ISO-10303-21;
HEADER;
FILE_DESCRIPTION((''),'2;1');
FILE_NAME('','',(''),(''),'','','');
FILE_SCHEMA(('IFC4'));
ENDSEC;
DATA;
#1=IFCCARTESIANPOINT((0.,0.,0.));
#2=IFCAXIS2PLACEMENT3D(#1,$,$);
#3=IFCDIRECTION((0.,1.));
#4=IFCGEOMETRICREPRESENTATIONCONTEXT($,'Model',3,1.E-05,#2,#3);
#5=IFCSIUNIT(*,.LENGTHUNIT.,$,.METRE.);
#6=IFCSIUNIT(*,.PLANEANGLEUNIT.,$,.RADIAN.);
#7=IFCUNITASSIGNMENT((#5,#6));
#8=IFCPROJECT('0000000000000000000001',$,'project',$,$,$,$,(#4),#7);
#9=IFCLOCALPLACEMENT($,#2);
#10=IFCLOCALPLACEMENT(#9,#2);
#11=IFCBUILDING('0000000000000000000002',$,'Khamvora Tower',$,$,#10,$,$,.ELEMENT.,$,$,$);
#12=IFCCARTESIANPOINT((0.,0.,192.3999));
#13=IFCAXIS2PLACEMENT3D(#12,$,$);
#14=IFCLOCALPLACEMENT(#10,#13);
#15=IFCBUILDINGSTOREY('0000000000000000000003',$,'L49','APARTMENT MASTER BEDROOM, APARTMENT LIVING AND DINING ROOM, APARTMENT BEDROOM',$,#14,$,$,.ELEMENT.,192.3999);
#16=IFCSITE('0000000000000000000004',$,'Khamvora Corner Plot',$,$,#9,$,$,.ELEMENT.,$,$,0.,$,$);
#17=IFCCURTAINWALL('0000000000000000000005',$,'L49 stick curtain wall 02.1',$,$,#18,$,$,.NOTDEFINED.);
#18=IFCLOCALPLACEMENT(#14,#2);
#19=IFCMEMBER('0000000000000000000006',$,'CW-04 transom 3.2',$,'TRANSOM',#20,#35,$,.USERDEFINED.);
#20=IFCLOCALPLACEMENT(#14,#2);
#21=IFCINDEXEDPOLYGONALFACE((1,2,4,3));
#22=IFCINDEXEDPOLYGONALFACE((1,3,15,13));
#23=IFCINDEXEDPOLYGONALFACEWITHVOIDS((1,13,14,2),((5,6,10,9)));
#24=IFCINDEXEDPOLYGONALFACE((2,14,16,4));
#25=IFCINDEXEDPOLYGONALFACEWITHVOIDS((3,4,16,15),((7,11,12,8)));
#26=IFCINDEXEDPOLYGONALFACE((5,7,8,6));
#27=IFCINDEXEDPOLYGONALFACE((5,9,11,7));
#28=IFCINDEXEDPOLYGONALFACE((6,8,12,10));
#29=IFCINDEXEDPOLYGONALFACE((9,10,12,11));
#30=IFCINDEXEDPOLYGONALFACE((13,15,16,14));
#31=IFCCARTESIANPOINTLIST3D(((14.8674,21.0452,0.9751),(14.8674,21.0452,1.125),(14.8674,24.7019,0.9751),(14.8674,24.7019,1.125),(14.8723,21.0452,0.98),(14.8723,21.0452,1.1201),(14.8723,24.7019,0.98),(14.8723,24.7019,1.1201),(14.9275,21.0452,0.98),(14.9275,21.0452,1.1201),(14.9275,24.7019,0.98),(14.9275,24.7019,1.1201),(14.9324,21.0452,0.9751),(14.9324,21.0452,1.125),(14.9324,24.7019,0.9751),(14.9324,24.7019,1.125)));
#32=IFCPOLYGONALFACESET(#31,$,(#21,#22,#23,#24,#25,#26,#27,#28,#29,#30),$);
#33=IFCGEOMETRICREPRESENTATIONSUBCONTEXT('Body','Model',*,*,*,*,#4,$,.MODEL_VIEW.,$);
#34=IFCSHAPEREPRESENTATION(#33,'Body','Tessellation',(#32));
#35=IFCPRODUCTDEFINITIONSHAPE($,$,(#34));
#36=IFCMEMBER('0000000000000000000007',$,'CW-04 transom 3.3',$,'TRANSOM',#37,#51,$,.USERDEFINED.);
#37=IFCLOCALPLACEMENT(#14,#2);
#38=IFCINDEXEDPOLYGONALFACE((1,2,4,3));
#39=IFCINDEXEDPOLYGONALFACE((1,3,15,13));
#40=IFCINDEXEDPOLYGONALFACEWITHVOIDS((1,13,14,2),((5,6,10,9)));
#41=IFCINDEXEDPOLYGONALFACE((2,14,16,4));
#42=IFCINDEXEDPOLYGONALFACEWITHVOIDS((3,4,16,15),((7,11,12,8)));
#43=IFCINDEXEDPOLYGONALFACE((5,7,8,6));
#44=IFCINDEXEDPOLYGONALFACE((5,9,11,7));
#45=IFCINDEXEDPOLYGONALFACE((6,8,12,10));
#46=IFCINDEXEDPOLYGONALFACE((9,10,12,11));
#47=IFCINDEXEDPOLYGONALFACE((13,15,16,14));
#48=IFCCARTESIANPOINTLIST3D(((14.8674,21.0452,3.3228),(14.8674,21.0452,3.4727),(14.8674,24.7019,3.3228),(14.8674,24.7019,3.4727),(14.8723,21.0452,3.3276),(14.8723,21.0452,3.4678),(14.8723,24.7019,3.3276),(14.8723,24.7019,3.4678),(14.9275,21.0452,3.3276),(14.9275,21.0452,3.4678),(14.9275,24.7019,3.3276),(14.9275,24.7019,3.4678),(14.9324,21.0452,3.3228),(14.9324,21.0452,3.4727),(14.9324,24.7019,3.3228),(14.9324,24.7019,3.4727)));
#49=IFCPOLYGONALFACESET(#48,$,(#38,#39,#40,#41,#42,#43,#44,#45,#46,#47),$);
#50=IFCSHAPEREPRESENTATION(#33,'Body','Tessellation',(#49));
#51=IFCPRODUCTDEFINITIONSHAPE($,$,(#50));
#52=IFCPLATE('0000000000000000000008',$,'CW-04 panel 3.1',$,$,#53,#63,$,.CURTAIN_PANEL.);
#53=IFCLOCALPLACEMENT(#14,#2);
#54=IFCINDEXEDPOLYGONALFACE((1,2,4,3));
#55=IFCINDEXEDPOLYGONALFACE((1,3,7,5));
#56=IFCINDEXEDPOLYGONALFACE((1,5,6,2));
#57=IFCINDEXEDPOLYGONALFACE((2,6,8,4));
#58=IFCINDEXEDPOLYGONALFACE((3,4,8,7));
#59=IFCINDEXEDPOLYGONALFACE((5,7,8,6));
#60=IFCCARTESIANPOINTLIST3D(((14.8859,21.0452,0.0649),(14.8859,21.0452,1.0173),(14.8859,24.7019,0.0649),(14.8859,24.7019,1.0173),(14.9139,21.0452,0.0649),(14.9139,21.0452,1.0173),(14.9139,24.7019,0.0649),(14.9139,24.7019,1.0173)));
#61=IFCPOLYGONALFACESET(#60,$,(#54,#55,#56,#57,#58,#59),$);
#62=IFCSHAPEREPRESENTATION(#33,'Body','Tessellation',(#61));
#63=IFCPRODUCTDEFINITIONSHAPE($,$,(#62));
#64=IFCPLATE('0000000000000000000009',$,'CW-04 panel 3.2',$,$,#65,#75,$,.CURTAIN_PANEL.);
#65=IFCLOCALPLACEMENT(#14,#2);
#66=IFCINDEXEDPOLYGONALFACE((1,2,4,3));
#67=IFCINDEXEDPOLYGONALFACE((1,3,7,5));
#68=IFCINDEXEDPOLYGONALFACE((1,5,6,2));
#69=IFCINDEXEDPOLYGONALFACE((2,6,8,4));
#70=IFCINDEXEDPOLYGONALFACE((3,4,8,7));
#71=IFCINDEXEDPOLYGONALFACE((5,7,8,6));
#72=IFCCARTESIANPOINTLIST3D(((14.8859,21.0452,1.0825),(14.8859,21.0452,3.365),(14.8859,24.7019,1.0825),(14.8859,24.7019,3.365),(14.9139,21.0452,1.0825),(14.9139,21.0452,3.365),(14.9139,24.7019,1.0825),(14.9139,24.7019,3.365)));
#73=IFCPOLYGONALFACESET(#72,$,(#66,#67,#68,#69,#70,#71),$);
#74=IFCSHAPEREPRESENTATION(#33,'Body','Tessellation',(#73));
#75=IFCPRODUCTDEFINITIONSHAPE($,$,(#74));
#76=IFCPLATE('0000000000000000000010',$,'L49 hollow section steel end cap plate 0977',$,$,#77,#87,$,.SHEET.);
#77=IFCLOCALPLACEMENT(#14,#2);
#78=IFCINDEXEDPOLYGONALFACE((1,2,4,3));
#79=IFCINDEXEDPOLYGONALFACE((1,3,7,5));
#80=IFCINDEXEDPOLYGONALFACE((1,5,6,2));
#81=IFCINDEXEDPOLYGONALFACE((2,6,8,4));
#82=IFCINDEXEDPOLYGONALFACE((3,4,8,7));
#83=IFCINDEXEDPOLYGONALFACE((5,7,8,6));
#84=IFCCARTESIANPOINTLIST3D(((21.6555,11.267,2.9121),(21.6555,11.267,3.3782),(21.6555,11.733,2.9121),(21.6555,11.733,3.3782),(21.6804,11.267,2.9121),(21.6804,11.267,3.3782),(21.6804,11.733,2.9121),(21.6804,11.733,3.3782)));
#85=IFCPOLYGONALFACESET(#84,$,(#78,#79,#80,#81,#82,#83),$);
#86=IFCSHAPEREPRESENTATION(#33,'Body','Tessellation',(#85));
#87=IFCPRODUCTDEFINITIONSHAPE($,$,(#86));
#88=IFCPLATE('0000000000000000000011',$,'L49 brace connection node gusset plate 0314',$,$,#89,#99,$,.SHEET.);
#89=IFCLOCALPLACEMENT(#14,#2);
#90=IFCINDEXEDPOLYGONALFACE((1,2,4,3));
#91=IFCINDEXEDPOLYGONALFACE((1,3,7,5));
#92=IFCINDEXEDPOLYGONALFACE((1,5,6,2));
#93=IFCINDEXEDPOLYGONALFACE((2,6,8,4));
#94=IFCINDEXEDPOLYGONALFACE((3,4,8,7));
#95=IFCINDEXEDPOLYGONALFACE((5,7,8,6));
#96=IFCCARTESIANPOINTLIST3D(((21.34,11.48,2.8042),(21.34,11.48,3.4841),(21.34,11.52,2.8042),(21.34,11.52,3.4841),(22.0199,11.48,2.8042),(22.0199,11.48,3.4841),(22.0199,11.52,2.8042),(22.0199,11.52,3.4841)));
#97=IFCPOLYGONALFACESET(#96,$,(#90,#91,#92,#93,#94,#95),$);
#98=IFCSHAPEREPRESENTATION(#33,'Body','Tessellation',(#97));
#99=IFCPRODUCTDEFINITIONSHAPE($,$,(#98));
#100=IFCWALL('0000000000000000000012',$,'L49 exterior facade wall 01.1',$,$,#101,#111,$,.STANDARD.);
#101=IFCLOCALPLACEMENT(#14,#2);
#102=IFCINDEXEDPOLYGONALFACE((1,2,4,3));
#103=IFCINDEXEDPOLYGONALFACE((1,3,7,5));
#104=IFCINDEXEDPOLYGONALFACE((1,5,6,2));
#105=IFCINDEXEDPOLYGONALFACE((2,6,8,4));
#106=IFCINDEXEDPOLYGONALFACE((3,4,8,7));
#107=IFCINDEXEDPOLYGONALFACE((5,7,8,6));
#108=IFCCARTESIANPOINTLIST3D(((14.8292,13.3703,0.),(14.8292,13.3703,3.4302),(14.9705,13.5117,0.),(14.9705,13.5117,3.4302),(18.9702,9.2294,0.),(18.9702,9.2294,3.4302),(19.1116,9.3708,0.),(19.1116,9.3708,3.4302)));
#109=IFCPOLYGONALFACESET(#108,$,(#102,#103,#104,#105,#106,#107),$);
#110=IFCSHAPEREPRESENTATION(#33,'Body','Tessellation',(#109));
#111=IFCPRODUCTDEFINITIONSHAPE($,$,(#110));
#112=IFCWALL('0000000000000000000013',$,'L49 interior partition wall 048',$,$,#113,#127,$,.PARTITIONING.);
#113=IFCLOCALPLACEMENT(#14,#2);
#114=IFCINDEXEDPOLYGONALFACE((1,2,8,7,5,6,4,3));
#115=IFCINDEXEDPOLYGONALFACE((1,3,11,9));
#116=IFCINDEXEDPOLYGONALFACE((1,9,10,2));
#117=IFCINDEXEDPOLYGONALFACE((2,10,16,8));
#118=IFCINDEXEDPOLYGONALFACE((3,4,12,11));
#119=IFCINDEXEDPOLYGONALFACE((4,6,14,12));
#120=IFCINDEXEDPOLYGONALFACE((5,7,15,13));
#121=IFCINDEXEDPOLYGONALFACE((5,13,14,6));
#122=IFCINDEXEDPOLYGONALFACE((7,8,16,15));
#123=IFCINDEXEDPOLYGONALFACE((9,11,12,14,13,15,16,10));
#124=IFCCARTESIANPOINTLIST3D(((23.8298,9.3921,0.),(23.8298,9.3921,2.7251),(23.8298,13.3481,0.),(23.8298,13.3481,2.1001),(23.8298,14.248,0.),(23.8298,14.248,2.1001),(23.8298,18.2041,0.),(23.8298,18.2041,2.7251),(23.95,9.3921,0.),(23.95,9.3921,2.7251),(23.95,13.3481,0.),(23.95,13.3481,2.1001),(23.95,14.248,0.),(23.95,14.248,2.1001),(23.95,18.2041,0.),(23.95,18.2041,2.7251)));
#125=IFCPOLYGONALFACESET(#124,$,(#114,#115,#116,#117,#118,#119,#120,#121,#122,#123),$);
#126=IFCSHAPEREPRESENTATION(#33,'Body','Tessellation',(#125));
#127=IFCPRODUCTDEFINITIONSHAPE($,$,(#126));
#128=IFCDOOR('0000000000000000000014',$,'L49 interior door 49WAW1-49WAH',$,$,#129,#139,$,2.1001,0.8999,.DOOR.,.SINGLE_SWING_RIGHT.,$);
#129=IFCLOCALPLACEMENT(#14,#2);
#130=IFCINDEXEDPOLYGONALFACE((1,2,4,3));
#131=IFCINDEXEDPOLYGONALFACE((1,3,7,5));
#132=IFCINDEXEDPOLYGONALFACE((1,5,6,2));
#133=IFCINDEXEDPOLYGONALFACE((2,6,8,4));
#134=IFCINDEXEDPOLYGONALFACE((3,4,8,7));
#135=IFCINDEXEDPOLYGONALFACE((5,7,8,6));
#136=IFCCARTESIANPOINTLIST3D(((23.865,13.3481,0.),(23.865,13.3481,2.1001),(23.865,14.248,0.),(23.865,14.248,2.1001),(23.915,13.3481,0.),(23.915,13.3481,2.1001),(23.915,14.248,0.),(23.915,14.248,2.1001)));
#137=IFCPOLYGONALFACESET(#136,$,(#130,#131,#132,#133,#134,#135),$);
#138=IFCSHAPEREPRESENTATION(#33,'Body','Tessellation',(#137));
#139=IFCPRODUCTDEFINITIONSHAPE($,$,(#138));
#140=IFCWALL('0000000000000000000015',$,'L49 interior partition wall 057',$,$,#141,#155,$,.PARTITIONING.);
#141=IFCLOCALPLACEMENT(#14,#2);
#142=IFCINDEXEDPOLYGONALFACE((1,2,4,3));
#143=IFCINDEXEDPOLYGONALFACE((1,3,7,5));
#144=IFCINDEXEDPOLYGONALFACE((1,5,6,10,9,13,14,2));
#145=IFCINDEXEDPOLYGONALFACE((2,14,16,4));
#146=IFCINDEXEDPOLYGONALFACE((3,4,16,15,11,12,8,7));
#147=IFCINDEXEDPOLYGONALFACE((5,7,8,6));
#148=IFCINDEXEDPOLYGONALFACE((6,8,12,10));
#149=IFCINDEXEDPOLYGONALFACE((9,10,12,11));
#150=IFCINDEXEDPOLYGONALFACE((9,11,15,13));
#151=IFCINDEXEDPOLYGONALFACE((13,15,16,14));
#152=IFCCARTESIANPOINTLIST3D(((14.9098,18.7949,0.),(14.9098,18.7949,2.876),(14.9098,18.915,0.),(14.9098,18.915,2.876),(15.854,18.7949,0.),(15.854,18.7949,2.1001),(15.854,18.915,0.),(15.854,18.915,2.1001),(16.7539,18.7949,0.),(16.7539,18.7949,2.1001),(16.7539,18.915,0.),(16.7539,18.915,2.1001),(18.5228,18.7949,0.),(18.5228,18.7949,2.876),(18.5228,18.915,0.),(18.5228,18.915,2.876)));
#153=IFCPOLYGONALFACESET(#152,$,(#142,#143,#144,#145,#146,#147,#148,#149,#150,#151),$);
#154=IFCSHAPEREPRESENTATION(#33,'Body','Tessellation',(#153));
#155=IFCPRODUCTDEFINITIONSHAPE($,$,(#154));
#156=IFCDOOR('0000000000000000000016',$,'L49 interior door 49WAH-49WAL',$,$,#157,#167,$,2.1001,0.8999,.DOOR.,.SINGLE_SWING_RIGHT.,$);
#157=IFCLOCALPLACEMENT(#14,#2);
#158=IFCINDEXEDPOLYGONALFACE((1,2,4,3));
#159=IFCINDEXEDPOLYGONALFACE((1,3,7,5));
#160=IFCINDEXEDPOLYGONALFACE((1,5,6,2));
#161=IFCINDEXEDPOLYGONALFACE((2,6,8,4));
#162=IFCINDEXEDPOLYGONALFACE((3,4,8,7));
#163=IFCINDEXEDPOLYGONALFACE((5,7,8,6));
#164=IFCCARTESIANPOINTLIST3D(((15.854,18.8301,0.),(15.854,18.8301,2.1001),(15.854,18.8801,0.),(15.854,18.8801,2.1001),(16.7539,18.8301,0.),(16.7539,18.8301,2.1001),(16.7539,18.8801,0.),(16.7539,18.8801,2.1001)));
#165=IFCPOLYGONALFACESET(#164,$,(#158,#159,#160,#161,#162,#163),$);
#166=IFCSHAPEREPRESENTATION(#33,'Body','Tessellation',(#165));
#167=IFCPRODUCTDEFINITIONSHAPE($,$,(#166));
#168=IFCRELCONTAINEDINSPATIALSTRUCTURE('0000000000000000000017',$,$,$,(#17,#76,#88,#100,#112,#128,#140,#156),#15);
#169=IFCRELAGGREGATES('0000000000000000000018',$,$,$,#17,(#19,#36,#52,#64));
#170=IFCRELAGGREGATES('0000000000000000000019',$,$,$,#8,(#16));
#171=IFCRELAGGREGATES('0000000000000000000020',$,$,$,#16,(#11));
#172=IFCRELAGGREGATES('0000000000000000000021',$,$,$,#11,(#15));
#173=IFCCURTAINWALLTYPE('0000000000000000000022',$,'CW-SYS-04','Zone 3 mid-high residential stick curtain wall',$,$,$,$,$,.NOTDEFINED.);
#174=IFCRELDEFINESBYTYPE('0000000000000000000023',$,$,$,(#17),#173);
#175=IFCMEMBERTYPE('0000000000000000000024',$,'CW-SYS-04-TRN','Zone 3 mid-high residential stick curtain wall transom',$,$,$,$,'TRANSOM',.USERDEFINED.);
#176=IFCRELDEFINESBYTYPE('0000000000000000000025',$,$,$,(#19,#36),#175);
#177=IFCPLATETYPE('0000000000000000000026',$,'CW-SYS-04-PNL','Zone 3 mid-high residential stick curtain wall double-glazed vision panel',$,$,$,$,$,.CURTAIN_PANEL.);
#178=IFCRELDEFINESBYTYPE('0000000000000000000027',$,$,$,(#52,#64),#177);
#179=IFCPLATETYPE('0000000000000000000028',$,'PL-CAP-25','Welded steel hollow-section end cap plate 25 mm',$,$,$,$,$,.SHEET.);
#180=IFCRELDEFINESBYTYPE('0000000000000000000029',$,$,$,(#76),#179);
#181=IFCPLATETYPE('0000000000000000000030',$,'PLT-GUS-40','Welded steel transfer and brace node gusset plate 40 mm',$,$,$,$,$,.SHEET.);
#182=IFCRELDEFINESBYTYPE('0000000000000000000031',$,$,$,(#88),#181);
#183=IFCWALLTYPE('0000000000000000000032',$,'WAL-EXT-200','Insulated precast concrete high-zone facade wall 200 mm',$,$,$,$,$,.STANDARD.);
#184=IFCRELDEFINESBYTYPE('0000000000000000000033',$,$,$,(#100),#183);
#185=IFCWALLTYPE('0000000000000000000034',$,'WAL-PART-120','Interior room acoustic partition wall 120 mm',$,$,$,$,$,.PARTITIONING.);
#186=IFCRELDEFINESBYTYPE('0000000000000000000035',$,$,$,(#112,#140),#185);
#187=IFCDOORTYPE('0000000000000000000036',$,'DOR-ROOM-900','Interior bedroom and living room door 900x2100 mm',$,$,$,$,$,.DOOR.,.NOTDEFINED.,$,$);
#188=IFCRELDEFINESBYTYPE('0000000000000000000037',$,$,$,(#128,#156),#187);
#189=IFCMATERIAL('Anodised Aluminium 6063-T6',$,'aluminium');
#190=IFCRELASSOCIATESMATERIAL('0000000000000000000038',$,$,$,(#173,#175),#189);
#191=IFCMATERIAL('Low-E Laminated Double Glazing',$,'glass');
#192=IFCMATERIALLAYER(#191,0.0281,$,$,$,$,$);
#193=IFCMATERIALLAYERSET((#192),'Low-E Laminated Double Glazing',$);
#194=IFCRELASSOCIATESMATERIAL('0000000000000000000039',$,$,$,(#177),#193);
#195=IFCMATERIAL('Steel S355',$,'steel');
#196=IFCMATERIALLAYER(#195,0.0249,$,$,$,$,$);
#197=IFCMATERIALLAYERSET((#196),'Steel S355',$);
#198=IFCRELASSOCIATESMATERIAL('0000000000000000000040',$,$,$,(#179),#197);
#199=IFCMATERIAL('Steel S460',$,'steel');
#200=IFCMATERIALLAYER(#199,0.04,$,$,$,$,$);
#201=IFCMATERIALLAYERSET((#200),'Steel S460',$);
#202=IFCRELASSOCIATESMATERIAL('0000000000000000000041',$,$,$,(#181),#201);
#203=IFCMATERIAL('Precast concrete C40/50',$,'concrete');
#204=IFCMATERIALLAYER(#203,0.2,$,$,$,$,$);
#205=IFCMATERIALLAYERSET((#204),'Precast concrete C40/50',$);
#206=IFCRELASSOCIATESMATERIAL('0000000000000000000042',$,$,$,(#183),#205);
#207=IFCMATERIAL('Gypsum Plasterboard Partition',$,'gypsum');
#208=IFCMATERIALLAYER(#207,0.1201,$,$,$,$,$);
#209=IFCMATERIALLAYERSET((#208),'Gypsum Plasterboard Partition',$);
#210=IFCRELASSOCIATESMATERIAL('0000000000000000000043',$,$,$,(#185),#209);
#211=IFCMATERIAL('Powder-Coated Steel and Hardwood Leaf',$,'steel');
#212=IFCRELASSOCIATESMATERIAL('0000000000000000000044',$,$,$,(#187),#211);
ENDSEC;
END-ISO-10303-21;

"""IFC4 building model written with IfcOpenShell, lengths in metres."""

from ifc_helpers import new_model, si_unit, direction, frame, frame_2d, origin, origin_2d, place, context, subcontext, project, spatial, rectangle, hollow_rectangle, extrude, material, layer, layer_set, material_profile, profile_set, type_object, element, fill, aggregate, save


model = new_model("IFC4")

# Units and contexts
model_context = context("Model", 3, precision=1e-05, world=origin(), true_north=direction((0.0, 1.0)))
body_context = subcontext(model_context, "Body", "Model", "MODEL_VIEW")
ifc_project = project(units=[si_unit("LENGTHUNIT", "METRE"), si_unit("PLANEANGLEUNIT", "RADIAN")], contexts=[model_context])

# Site, building, storey
site_placement = place(None, origin())
site = spatial("IfcSite", under=ifc_project, at=site_placement, Name="Khamvora Corner Plot", CompositionType="ELEMENT", RefElevation=0.0)
building_placement = place(site_placement, origin())
building = spatial("IfcBuilding", under=site, at=building_placement, Name="Khamvora Tower", CompositionType="ELEMENT")
storey_placement = place(building_placement, frame((0.0, 0.0, 192.3999)))
storey = spatial("IfcBuildingStorey", under=building, at=storey_placement, Name="L49", Description="APARTMENT MASTER BEDROOM, APARTMENT LIVING AND DINING ROOM, APARTMENT BEDROOM", CompositionType="ELEMENT", Elevation=192.3999)

# Shared definitions
ifc_material_1 = material(Name="Steel S355", Category="steel")

# Curtain wall, members, plates
ifc_material_2 = material(Name="Anodised Aluminium 6063-T6", Category="aluminium")
curtain_wall_type = type_object("IfcCurtainWallType", Name="CW-SYS-04", Description="Zone 3 mid-high residential stick curtain wall", PredefinedType="NOTDEFINED", material=ifc_material_2)
curtain_wall_placement = place(storey_placement, origin())
curtain_wall = element("IfcCurtainWall", 1, at=curtain_wall_placement, inside=storey, type_object=curtain_wall_type, Name="L49 stick curtain wall 02.1", PredefinedType="NOTDEFINED")
ifc_material_profile_1 = material_profile(ifc_material_2, hollow_rectangle(XDim=0.0649, YDim=0.1499, WallThickness=0.0049, at=origin_2d()), Name="TRN65x150x5")
ifc_profile_set_1 = profile_set([ifc_material_profile_1], Name="Anodised Aluminium 6063-T6")
member_type = type_object("IfcMemberType", Name="CW-SYS-04-TRN", Description="Zone 3 mid-high residential stick curtain wall transom", ElementType="TRANSOM", PredefinedType="USERDEFINED", material=ifc_profile_set_1)
member_1_placement = place(storey_placement, frame((14.8999, 21.0452, 1.05), z_axis=(0.0, 1.0, 0.0), x_axis=(-1.0, 0.0, 0.0)))
member_1 = element("IfcMember", 2, at=member_1_placement, type_object=member_type, Name="CW-04 transom 3.2", ObjectType="TRANSOM", PredefinedType="USERDEFINED", context=body_context, shape_type="SweptSolid", body=[
    extrude(hollow_rectangle(XDim=0.0649, YDim=0.1499, WallThickness=0.0049, at=origin_2d()), origin(), (0.0, 0.0, 1.0), 3.6567),
])
member_2_placement = place(storey_placement, frame((14.8999, 21.0452, 3.3977), z_axis=(0.0, 1.0, 0.0), x_axis=(-1.0, 0.0, 0.0)))
member_2 = element("IfcMember", 3, at=member_2_placement, type_object=member_type, Name="CW-04 transom 3.3", ObjectType="TRANSOM", PredefinedType="USERDEFINED", context=body_context, shape_type="SweptSolid", body=[
    extrude(hollow_rectangle(XDim=0.0649, YDim=0.1499, WallThickness=0.0049, at=origin_2d()), origin(), (0.0, 0.0, 1.0), 3.6567),
])
ifc_material_3 = material(Name="Low-E Laminated Double Glazing", Category="glass")
ifc_layer_1 = layer(ifc_material_3, 0.0281)
ifc_layer_set_1 = layer_set([ifc_layer_1], Name="Low-E Laminated Double Glazing")
plate_type_1 = type_object("IfcPlateType", Name="CW-SYS-04-PNL", Description="Zone 3 mid-high residential stick curtain wall double-glazed vision panel", PredefinedType="CURTAIN_PANEL", material=ifc_layer_set_1)
plate_1_placement = place(storey_placement, frame((14.8999, 22.8735, 0.0649), z_axis=(0.0, 0.0, 1.0), x_axis=(0.0, 1.0, 0.0)))
plate_1 = element("IfcPlate", 4, at=plate_1_placement, type_object=plate_type_1, Name="CW-04 panel 3.1", PredefinedType="CURTAIN_PANEL", context=body_context, shape_type="SweptSolid", body=[
    extrude(rectangle(XDim=3.6567, YDim=0.0281, at=origin_2d()), origin(), (0.0, 0.0, 1.0), 0.9524),
])
plate_2_placement = place(storey_placement, frame((14.8999, 22.8735, 1.0825), z_axis=(0.0, 0.0, 1.0), x_axis=(0.0, 1.0, 0.0)))
plate_2 = element("IfcPlate", 5, at=plate_2_placement, type_object=plate_type_1, Name="CW-04 panel 3.2", PredefinedType="CURTAIN_PANEL", context=body_context, shape_type="SweptSolid", body=[
    extrude(rectangle(XDim=3.6567, YDim=0.0281, at=origin_2d()), origin(), (0.0, 0.0, 1.0), 2.2825),
])
aggregate(curtain_wall, [member_1, member_2, plate_1, plate_2])

# Plates
ifc_layer_2 = layer(ifc_material_1, 0.0249)
ifc_layer_set_2 = layer_set([ifc_layer_2], Name="Steel S355")
plate_type_2 = type_object("IfcPlateType", Name="PL-CAP-25", Description="Welded steel hollow-section end cap plate 25 mm", PredefinedType="SHEET", material=ifc_layer_set_2)
plate_3_placement = place(storey_placement, frame((21.668, 11.5, 2.9121), z_axis=(0.0, 0.0, 1.0), x_axis=(-1.0, 0.0, 0.0)))
element("IfcPlate", 6, at=plate_3_placement, inside=storey, type_object=plate_type_2, Name="L49 hollow section steel end cap plate 0977", PredefinedType="SHEET", context=body_context, shape_type="SweptSolid", body=[
    extrude(rectangle(XDim=0.0249, YDim=0.4661, at=origin_2d()), origin(), (0.0, 0.0, 1.0), 0.4661),
])
ifc_material_4 = material(Name="Steel S460", Category="steel")
ifc_layer_3 = layer(ifc_material_4, 0.04)
ifc_layer_set_3 = layer_set([ifc_layer_3], Name="Steel S460")
plate_type_3 = type_object("IfcPlateType", Name="PLT-GUS-40", Description="Welded steel transfer and brace node gusset plate 40 mm", PredefinedType="SHEET", material=ifc_layer_set_3)
plate_4_placement = place(storey_placement, frame((21.6799, 11.5, 2.8042), z_axis=(0.0, 0.0, 1.0), x_axis=(1.0, 0.0, 0.0)))
element("IfcPlate", 7, at=plate_4_placement, inside=storey, type_object=plate_type_3, Name="L49 brace connection node gusset plate 0314", PredefinedType="SHEET", context=body_context, shape_type="SweptSolid", body=[
    extrude(rectangle(XDim=0.6799, YDim=0.04, at=origin_2d()), origin(), (0.0, 0.0, 1.0), 0.6799),
])

# Wall
ifc_material_5 = material(Name="Precast concrete C40/50", Category="concrete")
ifc_layer_4 = layer(ifc_material_5, 0.2)
ifc_layer_set_4 = layer_set([ifc_layer_4], Name="Precast concrete C40/50")
wall_type_1 = type_object("IfcWallType", Name="WAL-EXT-200", Description="Insulated precast concrete high-zone facade wall 200 mm", PredefinedType="STANDARD", material=ifc_layer_set_4)
wall_1_placement = place(storey_placement, frame((19.041, 9.3, 0.0), z_axis=(0.0, 0.0, 1.0), x_axis=(-0.707128, 0.707086, 0.0)))
element("IfcWall", 8, at=wall_1_placement, inside=storey, type_object=wall_type_1, Name="L49 exterior facade wall 01.1", PredefinedType="STANDARD", context=body_context, shape_type="SweptSolid", body=[
    extrude(rectangle(XDim=5.8562, YDim=0.2, at=frame_2d((2.9282, 0.0))), origin(), (0.0, 0.0, 1.0), 3.4302),
])

# Walls, openings, doors
ifc_material_6 = material(Name="Gypsum Plasterboard Partition", Category="gypsum")
ifc_layer_5 = layer(ifc_material_6, 0.1201)
ifc_layer_set_5 = layer_set([ifc_layer_5], Name="Gypsum Plasterboard Partition")
wall_type_2 = type_object("IfcWallType", Name="WAL-PART-120", Description="Interior room acoustic partition wall 120 mm", PredefinedType="PARTITIONING", material=ifc_layer_set_5)
wall_2_placement = place(storey_placement, frame((23.8899, 9.3921, 0.0), z_axis=(0.0, 0.0, 1.0), x_axis=(0.0, 1.0, 0.0)))
wall_2 = element("IfcWall", 9, at=wall_2_placement, inside=storey, type_object=wall_type_2, Name="L49 interior partition wall 048", PredefinedType="PARTITIONING", context=body_context, shape_type="SweptSolid", body=[
    extrude(rectangle(XDim=8.812, YDim=0.1201, at=frame_2d((4.406, 0.0))), origin(), (0.0, 0.0, 1.0), 2.7251),
])
opening_1_placement = place(wall_2_placement, frame((3.9561, 0.0, 0.0)))
opening_1 = element("IfcOpeningElement", 10, at=opening_1_placement, cuts=wall_2, PredefinedType="OPENING", context=body_context, shape_type="SweptSolid", body=[
    extrude(rectangle(XDim=0.8999, YDim=2.1001, at=frame_2d((0.45, 1.05))), frame((0.0, 0.0701, 0.0), z_axis=(0.0, -1.0, 0.0), x_axis=(1.0, 0.0, 0.0)), (0.0, 0.0, 1.0), 0.1401),
])
ifc_material_7 = material(Name="Powder-Coated Steel and Hardwood Leaf", Category="steel")
door_type = type_object("IfcDoorType", Name="DOR-ROOM-900", Description="Interior bedroom and living room door 900x2100 mm", OperationType="NOTDEFINED", PredefinedType="DOOR", material=ifc_material_7)
door_1_placement = place(opening_1_placement, origin())
door_1 = element("IfcDoor", 11, at=door_1_placement, inside=storey, type_object=door_type, Name="L49 interior door 49WAW1-49WAH", OperationType="SINGLE_SWING_RIGHT", OverallHeight=2.1001, OverallWidth=0.8999, PredefinedType="DOOR", context=body_context, shape_type="SweptSolid", body=[
    extrude(rectangle(XDim=0.8999, YDim=2.1001, at=frame_2d((0.45, 1.05))), frame((0.0, 0.0249, 0.0), z_axis=(0.0, -1.0, 0.0), x_axis=(1.0, 0.0, 0.0)), (0.0, 0.0, 1.0), 0.05),
])
fill(opening_1, door_1)
wall_3_placement = place(storey_placement, frame((18.5229, 18.855, 0.0), z_axis=(0.0, 0.0, 1.0), x_axis=(-1.0, 0.0, 0.0)))
wall_3 = element("IfcWall", 12, at=wall_3_placement, inside=storey, type_object=wall_type_2, Name="L49 interior partition wall 057", PredefinedType="PARTITIONING", context=body_context, shape_type="SweptSolid", body=[
    extrude(rectangle(XDim=3.613, YDim=0.1201, at=frame_2d((1.8066, 0.0))), origin(), (0.0, 0.0, 1.0), 2.876),
])
opening_2_placement = place(wall_3_placement, frame((1.769, 0.0, 0.0)))
opening_2 = element("IfcOpeningElement", 13, at=opening_2_placement, cuts=wall_3, PredefinedType="OPENING", context=body_context, shape_type="SweptSolid", body=[
    extrude(rectangle(XDim=0.8999, YDim=2.1001, at=frame_2d((0.45, 1.05))), frame((0.0, 0.0701, 0.0), z_axis=(0.0, -1.0, 0.0), x_axis=(1.0, 0.0, 0.0)), (0.0, 0.0, 1.0), 0.1401),
])
door_2_placement = place(opening_2_placement, origin())
door_2 = element("IfcDoor", 14, at=door_2_placement, inside=storey, type_object=door_type, Name="L49 interior door 49WAH-49WAL", OperationType="SINGLE_SWING_RIGHT", OverallHeight=2.1001, OverallWidth=0.8999, PredefinedType="DOOR", context=body_context, shape_type="SweptSolid", body=[
    extrude(rectangle(XDim=0.8999, YDim=2.1001, at=frame_2d((0.45, 1.05))), frame((0.0, 0.0249, 0.0), z_axis=(0.0, -1.0, 0.0), x_axis=(1.0, 0.0, 0.0)), (0.0, 0.0, 1.0), 0.05),
])
fill(opening_2, door_2)

save(model, "model.ifc")
